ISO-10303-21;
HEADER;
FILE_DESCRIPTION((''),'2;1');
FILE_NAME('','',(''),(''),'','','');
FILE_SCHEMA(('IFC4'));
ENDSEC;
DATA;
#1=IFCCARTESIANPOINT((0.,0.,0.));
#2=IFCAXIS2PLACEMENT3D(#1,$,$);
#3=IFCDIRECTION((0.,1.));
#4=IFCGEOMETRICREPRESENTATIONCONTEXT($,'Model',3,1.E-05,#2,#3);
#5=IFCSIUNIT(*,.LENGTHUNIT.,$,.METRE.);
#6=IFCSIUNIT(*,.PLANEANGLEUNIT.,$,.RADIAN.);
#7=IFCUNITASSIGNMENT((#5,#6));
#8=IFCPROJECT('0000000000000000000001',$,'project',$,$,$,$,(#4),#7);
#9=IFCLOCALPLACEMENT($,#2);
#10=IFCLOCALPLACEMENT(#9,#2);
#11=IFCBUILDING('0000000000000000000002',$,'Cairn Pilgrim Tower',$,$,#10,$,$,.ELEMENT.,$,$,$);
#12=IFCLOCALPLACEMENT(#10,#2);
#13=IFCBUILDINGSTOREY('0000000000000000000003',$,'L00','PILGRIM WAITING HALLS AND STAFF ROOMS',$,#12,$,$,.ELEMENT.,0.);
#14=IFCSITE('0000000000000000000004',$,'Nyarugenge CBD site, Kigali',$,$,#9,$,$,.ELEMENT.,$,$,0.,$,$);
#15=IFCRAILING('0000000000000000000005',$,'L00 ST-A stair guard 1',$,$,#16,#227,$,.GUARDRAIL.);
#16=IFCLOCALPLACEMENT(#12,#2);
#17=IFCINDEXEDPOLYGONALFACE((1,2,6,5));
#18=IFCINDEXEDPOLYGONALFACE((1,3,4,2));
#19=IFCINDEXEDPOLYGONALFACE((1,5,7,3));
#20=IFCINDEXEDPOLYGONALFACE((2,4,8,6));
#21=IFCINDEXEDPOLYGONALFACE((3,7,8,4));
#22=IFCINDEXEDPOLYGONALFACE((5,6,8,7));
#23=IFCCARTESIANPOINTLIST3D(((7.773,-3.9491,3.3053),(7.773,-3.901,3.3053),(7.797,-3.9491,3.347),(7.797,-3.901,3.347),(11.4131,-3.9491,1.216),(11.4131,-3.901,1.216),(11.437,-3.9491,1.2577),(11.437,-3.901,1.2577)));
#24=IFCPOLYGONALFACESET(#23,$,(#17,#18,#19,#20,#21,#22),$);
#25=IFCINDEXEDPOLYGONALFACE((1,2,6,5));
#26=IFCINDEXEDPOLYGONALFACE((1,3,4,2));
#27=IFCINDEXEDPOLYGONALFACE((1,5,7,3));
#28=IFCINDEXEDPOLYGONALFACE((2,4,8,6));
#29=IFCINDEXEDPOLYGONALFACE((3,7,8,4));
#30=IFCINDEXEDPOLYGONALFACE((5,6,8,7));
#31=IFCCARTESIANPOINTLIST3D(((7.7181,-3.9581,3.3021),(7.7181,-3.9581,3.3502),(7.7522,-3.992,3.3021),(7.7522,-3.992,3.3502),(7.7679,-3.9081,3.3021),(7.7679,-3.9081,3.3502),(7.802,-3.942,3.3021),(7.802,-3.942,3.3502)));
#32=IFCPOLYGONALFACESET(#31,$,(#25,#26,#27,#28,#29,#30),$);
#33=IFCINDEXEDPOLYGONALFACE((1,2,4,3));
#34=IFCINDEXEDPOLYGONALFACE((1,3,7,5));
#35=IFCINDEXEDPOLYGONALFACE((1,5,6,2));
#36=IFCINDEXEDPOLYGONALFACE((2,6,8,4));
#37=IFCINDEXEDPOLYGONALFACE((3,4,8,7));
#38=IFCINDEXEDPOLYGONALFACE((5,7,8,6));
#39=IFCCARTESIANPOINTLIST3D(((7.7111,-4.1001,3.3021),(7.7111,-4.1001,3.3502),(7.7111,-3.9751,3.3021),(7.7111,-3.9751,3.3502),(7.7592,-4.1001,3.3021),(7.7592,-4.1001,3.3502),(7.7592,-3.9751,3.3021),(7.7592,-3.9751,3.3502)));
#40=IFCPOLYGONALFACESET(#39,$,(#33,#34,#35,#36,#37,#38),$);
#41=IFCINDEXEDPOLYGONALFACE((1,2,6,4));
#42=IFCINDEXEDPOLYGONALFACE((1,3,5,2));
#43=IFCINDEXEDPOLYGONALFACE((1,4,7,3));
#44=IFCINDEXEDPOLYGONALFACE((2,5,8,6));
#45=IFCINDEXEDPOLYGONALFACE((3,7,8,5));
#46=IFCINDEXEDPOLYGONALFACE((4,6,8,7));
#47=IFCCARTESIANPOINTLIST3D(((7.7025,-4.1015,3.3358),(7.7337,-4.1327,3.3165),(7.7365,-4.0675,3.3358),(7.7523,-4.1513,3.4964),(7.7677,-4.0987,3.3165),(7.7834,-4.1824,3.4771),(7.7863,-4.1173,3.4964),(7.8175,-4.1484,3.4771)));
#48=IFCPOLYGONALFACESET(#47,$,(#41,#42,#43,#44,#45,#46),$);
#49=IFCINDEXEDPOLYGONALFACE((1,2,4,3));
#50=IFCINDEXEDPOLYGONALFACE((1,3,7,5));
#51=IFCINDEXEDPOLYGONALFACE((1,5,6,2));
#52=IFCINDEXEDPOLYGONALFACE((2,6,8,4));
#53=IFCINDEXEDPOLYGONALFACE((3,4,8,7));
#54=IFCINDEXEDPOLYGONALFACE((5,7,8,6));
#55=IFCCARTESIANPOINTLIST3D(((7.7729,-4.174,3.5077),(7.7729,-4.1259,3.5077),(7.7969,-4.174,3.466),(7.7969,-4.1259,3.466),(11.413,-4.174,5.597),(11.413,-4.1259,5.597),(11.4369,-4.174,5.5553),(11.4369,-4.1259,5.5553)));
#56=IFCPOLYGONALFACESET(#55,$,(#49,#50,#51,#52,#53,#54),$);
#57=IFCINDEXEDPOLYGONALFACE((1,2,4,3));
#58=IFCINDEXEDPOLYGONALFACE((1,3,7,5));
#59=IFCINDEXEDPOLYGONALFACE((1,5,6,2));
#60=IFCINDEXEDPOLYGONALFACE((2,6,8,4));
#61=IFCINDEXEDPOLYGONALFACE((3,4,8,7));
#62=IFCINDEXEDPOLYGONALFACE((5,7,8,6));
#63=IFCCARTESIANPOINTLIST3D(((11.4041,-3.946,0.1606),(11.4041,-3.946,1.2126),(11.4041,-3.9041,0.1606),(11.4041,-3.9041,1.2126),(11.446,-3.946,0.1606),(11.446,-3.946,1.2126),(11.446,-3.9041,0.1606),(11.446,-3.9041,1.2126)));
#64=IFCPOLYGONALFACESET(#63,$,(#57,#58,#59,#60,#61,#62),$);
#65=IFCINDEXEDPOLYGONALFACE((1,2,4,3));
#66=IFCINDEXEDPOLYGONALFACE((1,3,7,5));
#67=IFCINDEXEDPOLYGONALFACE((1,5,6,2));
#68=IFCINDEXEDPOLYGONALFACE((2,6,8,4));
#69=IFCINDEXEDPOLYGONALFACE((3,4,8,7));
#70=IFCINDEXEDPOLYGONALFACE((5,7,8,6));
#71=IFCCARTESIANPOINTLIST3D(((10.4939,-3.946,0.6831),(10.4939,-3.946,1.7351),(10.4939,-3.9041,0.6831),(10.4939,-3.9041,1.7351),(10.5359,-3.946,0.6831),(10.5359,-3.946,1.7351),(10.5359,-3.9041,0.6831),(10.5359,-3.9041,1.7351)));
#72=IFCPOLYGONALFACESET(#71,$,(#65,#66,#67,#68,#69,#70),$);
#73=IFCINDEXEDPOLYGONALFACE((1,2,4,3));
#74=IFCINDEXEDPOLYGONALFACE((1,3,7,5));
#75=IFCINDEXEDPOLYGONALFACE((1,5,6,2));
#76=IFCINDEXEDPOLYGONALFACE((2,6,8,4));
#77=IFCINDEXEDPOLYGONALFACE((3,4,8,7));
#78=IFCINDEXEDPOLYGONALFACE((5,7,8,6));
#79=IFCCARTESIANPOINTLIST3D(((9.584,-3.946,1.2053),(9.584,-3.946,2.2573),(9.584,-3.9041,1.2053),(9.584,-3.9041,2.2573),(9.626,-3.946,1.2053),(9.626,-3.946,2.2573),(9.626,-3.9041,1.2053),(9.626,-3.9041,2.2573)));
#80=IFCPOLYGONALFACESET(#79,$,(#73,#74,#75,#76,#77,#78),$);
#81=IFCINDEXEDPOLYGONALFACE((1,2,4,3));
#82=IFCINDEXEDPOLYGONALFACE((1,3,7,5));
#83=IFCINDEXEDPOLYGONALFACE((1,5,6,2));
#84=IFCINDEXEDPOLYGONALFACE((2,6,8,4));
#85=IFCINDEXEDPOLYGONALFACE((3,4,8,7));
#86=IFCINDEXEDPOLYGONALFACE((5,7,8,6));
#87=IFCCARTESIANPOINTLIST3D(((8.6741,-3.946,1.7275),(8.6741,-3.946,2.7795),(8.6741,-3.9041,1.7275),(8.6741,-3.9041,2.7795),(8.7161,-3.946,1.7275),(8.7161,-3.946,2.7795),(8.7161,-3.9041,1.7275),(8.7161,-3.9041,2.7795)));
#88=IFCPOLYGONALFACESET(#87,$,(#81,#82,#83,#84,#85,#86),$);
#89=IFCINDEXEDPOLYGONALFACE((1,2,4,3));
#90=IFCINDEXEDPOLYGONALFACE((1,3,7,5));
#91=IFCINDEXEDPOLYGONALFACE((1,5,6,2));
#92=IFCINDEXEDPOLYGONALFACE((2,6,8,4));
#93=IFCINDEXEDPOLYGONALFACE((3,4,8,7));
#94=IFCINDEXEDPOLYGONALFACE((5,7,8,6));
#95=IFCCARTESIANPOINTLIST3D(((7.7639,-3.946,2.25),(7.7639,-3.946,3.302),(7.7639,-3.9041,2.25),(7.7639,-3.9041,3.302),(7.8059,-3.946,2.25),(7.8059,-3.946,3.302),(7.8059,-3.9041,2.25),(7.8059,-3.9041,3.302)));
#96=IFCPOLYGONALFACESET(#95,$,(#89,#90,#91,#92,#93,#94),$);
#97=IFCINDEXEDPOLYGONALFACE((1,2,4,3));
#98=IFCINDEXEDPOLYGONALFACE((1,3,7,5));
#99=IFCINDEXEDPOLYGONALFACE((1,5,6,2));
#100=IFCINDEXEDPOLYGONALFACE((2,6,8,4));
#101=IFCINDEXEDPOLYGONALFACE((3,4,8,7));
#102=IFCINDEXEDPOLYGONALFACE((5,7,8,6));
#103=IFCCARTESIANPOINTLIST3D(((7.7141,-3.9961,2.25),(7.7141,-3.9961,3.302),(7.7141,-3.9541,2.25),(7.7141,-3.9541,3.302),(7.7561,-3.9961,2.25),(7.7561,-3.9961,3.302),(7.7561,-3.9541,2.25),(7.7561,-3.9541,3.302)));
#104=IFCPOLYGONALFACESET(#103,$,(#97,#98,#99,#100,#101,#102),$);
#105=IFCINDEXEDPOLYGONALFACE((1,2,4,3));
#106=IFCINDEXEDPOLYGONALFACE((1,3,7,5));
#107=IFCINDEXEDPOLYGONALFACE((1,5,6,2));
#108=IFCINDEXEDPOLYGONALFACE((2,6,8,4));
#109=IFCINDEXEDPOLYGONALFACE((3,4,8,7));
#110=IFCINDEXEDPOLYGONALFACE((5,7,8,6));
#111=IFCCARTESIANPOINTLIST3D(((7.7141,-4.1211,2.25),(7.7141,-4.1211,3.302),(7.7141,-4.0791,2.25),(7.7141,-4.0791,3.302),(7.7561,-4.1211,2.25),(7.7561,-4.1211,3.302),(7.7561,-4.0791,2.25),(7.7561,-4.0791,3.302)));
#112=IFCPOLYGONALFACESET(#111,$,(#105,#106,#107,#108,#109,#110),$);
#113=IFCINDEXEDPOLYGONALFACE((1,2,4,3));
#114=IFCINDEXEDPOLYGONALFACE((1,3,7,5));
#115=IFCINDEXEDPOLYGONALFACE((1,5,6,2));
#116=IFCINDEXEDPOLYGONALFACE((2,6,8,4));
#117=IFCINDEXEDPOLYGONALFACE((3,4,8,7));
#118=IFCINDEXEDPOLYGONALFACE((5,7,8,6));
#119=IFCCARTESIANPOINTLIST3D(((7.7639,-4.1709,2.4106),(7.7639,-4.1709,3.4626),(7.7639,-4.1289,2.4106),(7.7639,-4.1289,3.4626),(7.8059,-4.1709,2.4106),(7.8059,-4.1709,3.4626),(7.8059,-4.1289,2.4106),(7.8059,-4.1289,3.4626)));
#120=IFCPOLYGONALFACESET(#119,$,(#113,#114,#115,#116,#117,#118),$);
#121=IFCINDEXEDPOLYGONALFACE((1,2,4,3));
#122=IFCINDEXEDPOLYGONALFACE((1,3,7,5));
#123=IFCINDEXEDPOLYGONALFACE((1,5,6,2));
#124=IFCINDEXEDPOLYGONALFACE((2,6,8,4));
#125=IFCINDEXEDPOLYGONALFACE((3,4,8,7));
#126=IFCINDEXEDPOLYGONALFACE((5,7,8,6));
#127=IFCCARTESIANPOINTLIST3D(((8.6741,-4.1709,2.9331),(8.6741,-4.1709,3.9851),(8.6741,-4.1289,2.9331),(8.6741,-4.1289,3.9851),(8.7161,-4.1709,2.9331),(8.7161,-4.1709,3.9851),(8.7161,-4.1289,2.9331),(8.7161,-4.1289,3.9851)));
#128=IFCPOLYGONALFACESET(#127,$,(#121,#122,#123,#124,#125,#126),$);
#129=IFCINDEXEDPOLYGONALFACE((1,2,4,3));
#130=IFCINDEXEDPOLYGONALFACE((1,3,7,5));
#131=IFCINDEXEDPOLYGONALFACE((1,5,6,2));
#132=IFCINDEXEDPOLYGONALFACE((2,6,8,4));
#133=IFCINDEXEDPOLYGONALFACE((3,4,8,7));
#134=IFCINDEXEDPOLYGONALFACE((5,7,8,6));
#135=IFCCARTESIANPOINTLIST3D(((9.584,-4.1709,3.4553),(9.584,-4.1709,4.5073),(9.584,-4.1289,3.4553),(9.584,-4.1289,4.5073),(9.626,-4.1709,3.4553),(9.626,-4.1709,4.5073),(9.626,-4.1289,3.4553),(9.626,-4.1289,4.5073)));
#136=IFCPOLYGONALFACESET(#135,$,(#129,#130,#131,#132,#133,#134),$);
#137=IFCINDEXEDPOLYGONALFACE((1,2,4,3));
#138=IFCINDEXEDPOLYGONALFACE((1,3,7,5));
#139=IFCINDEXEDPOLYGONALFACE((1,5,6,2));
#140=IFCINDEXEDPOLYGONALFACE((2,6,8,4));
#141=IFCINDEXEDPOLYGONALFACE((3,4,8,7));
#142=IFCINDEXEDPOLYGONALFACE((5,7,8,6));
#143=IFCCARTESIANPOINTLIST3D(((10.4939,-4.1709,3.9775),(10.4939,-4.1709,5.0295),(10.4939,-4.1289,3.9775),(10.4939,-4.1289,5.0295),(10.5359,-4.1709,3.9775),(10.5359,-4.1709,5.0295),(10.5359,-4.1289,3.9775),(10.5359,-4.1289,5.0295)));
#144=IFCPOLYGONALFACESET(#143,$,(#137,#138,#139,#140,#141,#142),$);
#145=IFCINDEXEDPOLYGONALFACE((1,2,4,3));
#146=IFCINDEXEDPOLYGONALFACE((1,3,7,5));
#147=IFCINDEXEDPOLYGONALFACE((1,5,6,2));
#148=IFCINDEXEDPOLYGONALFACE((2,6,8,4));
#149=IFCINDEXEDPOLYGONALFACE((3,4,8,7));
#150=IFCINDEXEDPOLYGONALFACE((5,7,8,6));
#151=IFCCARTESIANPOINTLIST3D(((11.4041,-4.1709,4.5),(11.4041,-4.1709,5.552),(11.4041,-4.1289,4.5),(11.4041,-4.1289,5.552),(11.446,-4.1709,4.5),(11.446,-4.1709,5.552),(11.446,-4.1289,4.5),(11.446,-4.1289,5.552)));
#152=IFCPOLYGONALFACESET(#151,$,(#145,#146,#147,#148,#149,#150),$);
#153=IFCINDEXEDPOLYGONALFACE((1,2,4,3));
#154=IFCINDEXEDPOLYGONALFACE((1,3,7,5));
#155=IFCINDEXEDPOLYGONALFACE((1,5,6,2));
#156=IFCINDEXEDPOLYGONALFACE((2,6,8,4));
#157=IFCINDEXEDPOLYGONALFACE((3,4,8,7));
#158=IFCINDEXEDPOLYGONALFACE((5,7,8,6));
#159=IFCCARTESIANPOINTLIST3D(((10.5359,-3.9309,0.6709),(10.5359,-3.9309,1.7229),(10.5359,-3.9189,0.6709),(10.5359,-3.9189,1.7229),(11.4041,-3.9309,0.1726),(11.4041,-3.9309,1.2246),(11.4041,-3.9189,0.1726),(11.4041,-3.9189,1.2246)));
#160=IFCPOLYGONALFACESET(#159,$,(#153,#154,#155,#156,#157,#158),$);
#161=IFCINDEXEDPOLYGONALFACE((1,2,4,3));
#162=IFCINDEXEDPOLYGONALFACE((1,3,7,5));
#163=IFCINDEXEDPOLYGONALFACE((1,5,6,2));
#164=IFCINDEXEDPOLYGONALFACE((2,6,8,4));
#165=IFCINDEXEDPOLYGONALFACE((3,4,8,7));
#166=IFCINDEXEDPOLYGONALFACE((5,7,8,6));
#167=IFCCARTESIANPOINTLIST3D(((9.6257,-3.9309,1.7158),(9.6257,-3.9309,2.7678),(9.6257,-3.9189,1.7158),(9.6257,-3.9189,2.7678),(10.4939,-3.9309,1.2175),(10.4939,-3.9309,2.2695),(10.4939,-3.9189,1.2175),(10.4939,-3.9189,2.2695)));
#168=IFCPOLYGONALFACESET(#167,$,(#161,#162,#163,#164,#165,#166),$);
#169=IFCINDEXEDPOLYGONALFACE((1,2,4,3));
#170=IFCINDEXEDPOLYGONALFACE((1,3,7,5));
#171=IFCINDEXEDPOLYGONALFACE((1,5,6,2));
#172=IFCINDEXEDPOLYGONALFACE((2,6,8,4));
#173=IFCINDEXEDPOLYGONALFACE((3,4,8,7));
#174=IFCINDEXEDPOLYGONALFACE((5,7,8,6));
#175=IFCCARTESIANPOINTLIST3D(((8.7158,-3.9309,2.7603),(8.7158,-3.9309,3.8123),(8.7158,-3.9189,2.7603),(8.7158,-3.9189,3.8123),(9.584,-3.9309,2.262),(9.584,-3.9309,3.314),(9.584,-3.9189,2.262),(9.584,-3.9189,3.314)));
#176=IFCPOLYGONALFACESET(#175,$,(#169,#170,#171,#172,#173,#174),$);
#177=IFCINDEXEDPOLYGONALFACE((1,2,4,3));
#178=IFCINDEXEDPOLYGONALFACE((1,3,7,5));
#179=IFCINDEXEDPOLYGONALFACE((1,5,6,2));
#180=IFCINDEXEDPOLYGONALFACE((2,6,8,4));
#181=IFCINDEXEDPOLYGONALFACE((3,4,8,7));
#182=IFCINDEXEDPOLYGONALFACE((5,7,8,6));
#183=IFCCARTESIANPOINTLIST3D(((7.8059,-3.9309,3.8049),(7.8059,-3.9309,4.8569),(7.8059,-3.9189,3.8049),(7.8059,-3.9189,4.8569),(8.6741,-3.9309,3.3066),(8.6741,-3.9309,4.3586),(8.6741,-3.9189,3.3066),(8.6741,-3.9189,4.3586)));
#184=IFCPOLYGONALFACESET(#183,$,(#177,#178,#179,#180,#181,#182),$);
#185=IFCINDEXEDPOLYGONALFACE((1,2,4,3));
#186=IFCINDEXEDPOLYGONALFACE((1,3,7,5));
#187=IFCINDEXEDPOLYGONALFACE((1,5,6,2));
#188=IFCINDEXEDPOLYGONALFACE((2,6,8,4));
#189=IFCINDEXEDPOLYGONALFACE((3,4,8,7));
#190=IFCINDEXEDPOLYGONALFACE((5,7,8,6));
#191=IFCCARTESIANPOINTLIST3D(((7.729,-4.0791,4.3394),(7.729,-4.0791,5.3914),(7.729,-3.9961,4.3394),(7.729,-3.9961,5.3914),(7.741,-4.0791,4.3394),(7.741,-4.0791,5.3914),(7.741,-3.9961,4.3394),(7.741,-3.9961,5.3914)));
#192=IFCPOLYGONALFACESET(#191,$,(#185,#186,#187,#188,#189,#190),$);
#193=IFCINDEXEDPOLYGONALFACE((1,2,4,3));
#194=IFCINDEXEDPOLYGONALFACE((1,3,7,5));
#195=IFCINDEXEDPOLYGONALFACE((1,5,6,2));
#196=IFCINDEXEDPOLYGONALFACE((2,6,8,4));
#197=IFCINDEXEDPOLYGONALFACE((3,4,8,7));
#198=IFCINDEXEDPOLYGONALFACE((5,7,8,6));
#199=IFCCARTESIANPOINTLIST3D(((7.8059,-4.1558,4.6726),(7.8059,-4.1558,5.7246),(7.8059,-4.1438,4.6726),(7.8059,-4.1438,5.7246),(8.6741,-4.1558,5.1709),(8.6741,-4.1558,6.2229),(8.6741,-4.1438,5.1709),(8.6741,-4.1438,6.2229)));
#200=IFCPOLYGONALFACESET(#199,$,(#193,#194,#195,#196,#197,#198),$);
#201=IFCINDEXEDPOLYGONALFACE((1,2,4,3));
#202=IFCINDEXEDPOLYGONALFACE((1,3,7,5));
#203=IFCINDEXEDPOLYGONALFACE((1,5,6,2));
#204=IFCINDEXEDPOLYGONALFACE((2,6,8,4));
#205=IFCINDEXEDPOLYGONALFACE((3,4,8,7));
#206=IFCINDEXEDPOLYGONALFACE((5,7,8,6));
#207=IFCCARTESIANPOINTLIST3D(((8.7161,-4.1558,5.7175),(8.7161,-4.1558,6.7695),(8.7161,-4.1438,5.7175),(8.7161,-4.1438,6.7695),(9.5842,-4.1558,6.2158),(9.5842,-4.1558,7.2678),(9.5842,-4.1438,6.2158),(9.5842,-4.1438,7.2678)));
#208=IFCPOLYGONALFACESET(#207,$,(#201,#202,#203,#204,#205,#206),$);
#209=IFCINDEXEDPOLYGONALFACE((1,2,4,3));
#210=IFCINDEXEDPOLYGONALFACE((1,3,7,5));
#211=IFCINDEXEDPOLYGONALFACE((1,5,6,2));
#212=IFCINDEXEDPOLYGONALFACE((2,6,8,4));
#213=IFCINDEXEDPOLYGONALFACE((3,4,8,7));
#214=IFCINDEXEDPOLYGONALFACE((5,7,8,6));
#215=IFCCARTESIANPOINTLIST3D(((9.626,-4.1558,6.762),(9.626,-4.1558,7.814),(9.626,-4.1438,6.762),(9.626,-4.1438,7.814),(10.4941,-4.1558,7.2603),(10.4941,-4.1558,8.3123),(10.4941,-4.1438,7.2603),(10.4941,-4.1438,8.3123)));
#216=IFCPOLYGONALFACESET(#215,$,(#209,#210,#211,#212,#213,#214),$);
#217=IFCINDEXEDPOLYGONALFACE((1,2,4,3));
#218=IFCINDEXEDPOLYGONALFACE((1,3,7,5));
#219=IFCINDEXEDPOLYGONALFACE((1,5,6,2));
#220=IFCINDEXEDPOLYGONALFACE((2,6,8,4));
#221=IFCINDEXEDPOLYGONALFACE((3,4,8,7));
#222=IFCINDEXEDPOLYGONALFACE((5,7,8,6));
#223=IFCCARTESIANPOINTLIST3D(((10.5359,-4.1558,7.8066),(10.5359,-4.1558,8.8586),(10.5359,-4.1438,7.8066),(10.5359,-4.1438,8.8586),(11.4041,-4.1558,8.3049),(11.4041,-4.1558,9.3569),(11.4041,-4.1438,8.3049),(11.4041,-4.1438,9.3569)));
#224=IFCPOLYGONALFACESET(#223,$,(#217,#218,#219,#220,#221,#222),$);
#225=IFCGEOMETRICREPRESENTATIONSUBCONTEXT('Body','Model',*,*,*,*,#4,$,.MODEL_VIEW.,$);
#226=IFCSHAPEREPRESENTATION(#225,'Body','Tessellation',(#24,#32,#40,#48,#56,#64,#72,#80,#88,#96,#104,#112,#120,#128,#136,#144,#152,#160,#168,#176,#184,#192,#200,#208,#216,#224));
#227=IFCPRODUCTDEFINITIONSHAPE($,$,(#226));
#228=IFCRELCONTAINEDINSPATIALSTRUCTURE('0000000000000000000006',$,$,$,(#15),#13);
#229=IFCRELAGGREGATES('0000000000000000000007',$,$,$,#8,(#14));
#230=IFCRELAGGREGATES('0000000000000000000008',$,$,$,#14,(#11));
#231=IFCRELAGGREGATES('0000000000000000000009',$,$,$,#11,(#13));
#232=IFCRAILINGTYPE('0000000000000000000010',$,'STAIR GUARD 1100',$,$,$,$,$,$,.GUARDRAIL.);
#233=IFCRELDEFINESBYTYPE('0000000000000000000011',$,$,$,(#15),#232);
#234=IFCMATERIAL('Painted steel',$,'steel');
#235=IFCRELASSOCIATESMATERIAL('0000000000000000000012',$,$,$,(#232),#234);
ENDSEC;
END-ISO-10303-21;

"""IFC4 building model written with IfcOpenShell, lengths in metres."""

from ifc_helpers import new_model, si_unit, direction, frame, origin, origin_2d, place, context, subcontext, project, spatial, polyline, rectangle, outline, extrude, material, type_object, element, save


model = new_model("IFC4")

# Units and contexts
model_context = context("Model", 3, precision=1e-05, world=origin(), true_north=direction((0.0, 1.0)))
body_context = subcontext(model_context, "Body", "Model", "MODEL_VIEW")
ifc_project = project(units=[si_unit("LENGTHUNIT", "METRE"), si_unit("PLANEANGLEUNIT", "RADIAN")], contexts=[model_context])

# Site, building, storey
site_placement = place(None, origin())
site = spatial("IfcSite", under=ifc_project, at=site_placement, Name="Nyarugenge CBD site, Kigali", CompositionType="ELEMENT", RefElevation=0.0)
building_placement = place(site_placement, origin())
building = spatial("IfcBuilding", under=site, at=building_placement, Name="Cairn Pilgrim Tower", CompositionType="ELEMENT")
storey_placement = place(building_placement, origin())
storey = spatial("IfcBuildingStorey", under=building, at=storey_placement, Name="L00", Description="PILGRIM WAITING HALLS AND STAFF ROOMS", CompositionType="ELEMENT", Elevation=0.0)

# Shared definitions
ifc_material_1 = material(Name="Painted steel", Category="steel")

# Railing
railing_type_1 = type_object("IfcRailingType", Name="STAIR GUARD 1100", PredefinedType="GUARDRAIL", material=ifc_material_1)
railing_1_placement = place(storey_placement, frame((11.425, -3.925, 0.1606)))
element("IfcRailing", 1, at=railing_1_placement, inside=storey, type_object=railing_type_1, Name="L00 ST-A stair guard 1", PredefinedType="GUARDRAIL", context=body_context, shape_type="SweptSolid", body=[
    extrude(rectangle(XDim=0.0481, YDim=0.0481, at=origin_2d()), frame((0.0, 0.0, 1.0762), z_axis=(-0.867289, 0.0, 0.497804), x_axis=(0.0, -1.0, 0.0)), (0.0, 0.0, 1.0), 4.197),
    extrude(rectangle(XDim=0.0481, YDim=0.0481, at=origin_2d()), frame((-3.6401, 0.0, 3.1655), z_axis=(-0.705376, -0.708834, 0.0), x_axis=(0.708834, -0.705376, 0.0)), (0.0, 0.0, 1.0), 0.0706),
    extrude(rectangle(XDim=0.0481, YDim=0.0481, at=origin_2d()), frame((-3.6899, -0.05, 3.1655), z_axis=(0.0, -1.0, 0.0), x_axis=(1.0, 0.0, 0.0)), (0.0, 0.0, 1.0), 0.125),
    extrude(rectangle(XDim=0.0481, YDim=0.0481, at=origin_2d()), frame((-3.6899, -0.175, 3.1655), z_axis=(0.283938, -0.283938, 0.915838), x_axis=(0.707107, 0.707107, 0.0)), (0.0, 0.0, 1.0), 0.1753),
    extrude(rectangle(XDim=0.0481, YDim=0.0481, at=origin_2d()), frame((-3.6401, -0.2249, 3.3262), z_axis=(0.867289, 0.0, 0.497804), x_axis=(0.0, 1.0, 0.0)), (0.0, 0.0, 1.0), 4.197),
    extrude(rectangle(XDim=0.042, YDim=0.042, at=origin_2d()), origin(), (0.0, 0.0, 1.0), 1.052),
    extrude(rectangle(XDim=0.042, YDim=0.042, at=origin_2d()), frame((-0.9102, 0.0, 0.5225)), (0.0, 0.0, 1.0), 1.052),
    extrude(rectangle(XDim=0.042, YDim=0.042, at=origin_2d()), frame((-1.8201, 0.0, 1.0447)), (0.0, 0.0, 1.0), 1.052),
    extrude(rectangle(XDim=0.042, YDim=0.042, at=origin_2d()), frame((-2.73, 0.0, 1.5669)), (0.0, 0.0, 1.0), 1.052),
    extrude(rectangle(XDim=0.042, YDim=0.042, at=origin_2d()), frame((-3.6401, 0.0, 2.0894)), (0.0, 0.0, 1.0), 1.052),
    extrude(rectangle(XDim=0.042, YDim=0.042, at=origin_2d()), frame((-3.6899, -0.05, 2.0894)), (0.0, 0.0, 1.0), 1.052),
    extrude(rectangle(XDim=0.042, YDim=0.042, at=origin_2d()), frame((-3.6899, -0.175, 2.0894)), (0.0, 0.0, 1.0), 1.052),
    extrude(rectangle(XDim=0.042, YDim=0.042, at=origin_2d()), frame((-3.6401, -0.2249, 2.25)), (0.0, 0.0, 1.0), 1.052),
    extrude(rectangle(XDim=0.042, YDim=0.042, at=origin_2d()), frame((-2.73, -0.2249, 2.7725)), (0.0, 0.0, 1.0), 1.052),
    extrude(rectangle(XDim=0.042, YDim=0.042, at=origin_2d()), frame((-1.8201, -0.2249, 3.2947)), (0.0, 0.0, 1.0), 1.052),
    extrude(rectangle(XDim=0.042, YDim=0.042, at=origin_2d()), frame((-0.9102, -0.2249, 3.8169)), (0.0, 0.0, 1.0), 1.052),
    extrude(rectangle(XDim=0.042, YDim=0.042, at=origin_2d()), frame((0.0, -0.2249, 4.3394)), (0.0, 0.0, 1.0), 1.052),
    extrude(outline(polyline([(0.021, 0.012), (0.8892, 0.5103), (0.8892, 1.5623), (0.021, 1.064), (0.021, 0.012)])), frame((0.0, -0.0059, 0.0), z_axis=(0.0, 1.0, 0.0), x_axis=(-1.0, 0.0, 0.0)), (0.0, 0.0, 1.0), 0.012),
    extrude(outline(polyline([(0.021, 0.5344), (0.8892, 1.0327), (0.8892, 2.0847), (0.021, 1.5864), (0.021, 0.5344)])), frame((-0.9102, -0.0059, 0.5225), z_axis=(0.0, 1.0, 0.0), x_axis=(-1.0, 0.0, 0.0)), (0.0, 0.0, 1.0), 0.012),
    extrude(outline(polyline([(0.021, 1.0566), (0.8892, 1.5549), (0.8892, 2.6069), (0.021, 2.1086), (0.021, 1.0566)])), frame((-1.8201, -0.0059, 1.0447), z_axis=(0.0, 1.0, 0.0), x_axis=(-1.0, 0.0, 0.0)), (0.0, 0.0, 1.0), 0.012),
    extrude(outline(polyline([(0.021, 1.5791), (0.8892, 2.0774), (0.8892, 3.1294), (0.021, 2.6311), (0.021, 1.5791)])), frame((-2.73, -0.0059, 1.5669), z_axis=(0.0, 1.0, 0.0), x_axis=(-1.0, 0.0, 0.0)), (0.0, 0.0, 1.0), 0.012),
    extrude(outline(polyline([(0.021, 2.0894), (0.104, 2.0894), (0.104, 3.1414), (0.021, 3.1414), (0.021, 2.0894)])), frame((-3.6841, -0.05, 2.0894), z_axis=(-1.0, 0.0, 0.0), x_axis=(0.0, -1.0, 0.0)), (0.0, 0.0, 1.0), 0.012),
    extrude(outline(polyline([(0.021, 2.262), (0.8892, 2.7603), (0.8892, 3.8123), (0.021, 3.314), (0.021, 2.262)])), frame((-3.6401, -0.2188, 2.25), z_axis=(0.0, -1.0, 0.0), x_axis=(1.0, 0.0, 0.0)), (0.0, 0.0, 1.0), 0.012),
    extrude(outline(polyline([(0.021, 2.7844), (0.8892, 3.2827), (0.8892, 4.3347), (0.021, 3.8364), (0.021, 2.7844)])), frame((-2.73, -0.2188, 2.7725), z_axis=(0.0, -1.0, 0.0), x_axis=(1.0, 0.0, 0.0)), (0.0, 0.0, 1.0), 0.012),
    extrude(outline(polyline([(0.021, 3.3066), (0.8892, 3.8049), (0.8892, 4.8569), (0.021, 4.3586), (0.021, 3.3066)])), frame((-1.8201, -0.2188, 3.2947), z_axis=(0.0, -1.0, 0.0), x_axis=(1.0, 0.0, 0.0)), (0.0, 0.0, 1.0), 0.012),
    extrude(outline(polyline([(0.021, 3.8291), (0.8892, 4.3274), (0.8892, 5.3794), (0.021, 4.8811), (0.021, 3.8291)])), frame((-0.9102, -0.2188, 3.8169), z_axis=(0.0, -1.0, 0.0), x_axis=(1.0, 0.0, 0.0)), (0.0, 0.0, 1.0), 0.012),
])

save(model, "model.ifc")
